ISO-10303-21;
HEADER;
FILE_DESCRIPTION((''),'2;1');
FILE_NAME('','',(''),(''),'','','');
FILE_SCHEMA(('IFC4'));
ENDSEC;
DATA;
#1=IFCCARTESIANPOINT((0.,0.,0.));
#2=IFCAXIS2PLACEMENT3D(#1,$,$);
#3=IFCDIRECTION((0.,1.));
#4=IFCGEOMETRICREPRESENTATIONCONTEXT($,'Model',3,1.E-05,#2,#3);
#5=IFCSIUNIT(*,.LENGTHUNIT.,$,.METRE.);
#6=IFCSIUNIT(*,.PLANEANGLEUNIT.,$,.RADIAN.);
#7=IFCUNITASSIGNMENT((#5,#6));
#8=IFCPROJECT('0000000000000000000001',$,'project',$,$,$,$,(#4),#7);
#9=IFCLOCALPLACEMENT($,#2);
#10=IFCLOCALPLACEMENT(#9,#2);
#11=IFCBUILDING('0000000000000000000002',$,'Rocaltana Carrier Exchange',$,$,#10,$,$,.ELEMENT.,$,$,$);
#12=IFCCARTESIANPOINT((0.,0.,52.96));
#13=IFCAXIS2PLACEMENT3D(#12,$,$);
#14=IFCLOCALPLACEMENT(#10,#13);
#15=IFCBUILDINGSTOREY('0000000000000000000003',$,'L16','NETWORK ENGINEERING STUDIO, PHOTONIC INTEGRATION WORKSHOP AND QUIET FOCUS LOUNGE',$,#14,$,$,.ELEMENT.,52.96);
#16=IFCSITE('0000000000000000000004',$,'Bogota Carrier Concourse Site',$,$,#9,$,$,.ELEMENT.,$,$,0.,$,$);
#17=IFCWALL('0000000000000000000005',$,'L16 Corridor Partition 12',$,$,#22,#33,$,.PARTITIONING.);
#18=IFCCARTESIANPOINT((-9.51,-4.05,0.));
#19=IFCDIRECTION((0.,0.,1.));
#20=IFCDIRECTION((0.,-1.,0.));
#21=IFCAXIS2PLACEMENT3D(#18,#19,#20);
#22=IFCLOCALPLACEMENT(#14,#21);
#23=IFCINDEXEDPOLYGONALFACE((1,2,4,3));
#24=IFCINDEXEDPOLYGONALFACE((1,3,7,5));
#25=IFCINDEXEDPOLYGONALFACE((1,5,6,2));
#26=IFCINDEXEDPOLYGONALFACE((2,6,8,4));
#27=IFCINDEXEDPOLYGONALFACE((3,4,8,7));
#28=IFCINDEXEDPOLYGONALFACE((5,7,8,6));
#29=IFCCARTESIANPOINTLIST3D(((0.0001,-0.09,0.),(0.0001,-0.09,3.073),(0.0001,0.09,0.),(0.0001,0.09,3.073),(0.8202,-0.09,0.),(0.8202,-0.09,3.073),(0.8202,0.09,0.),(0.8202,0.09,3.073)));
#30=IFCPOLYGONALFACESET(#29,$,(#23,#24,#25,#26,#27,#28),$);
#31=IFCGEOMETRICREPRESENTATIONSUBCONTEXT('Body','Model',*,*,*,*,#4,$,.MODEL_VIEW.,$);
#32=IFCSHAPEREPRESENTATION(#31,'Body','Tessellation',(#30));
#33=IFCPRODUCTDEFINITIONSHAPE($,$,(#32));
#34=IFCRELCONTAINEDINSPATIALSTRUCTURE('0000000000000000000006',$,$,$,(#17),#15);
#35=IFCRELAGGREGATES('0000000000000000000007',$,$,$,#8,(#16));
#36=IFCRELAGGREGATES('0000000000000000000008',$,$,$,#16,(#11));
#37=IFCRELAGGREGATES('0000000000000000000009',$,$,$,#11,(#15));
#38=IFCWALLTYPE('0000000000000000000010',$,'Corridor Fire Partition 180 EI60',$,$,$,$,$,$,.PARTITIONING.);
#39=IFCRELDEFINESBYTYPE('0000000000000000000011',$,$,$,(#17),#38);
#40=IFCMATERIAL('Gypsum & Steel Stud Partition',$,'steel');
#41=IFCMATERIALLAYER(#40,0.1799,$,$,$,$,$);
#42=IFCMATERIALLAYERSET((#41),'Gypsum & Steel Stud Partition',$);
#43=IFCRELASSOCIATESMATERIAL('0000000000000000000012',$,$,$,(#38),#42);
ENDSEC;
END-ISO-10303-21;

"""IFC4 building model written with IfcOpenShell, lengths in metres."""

from ifc_helpers import new_model, si_unit, direction, frame, frame_2d, origin, place, context, subcontext, project, spatial, rectangle, extrude, material, layer, layer_set, type_object, element, save


model = new_model("IFC4")

# Units and contexts
model_context = context("Model", 3, precision=1e-05, world=origin(), true_north=direction((0.0, 1.0)))
body_context = subcontext(model_context, "Body", "Model", "MODEL_VIEW")
ifc_project = project(units=[si_unit("LENGTHUNIT", "METRE"), si_unit("PLANEANGLEUNIT", "RADIAN")], contexts=[model_context])

# Site, building, storey
site_placement = place(None, origin())
site = spatial("IfcSite", under=ifc_project, at=site_placement, Name="Bogota Carrier Concourse Site", CompositionType="ELEMENT", RefElevation=0.0)
building_placement = place(site_placement, origin())
building = spatial("IfcBuilding", under=site, at=building_placement, Name="Rocaltana Carrier Exchange", CompositionType="ELEMENT")
storey_placement = place(building_placement, frame((0.0, 0.0, 52.96)))
storey = spatial("IfcBuildingStorey", under=building, at=storey_placement, Name="L16", Description="NETWORK ENGINEERING STUDIO, PHOTONIC INTEGRATION WORKSHOP AND QUIET FOCUS LOUNGE", CompositionType="ELEMENT", Elevation=52.96)

# Shared definitions
ifc_material_1 = material(Name="Gypsum & Steel Stud Partition", Category="steel")
ifc_layer_1 = layer(ifc_material_1, 0.1799)
ifc_layer_set_1 = layer_set([ifc_layer_1], Name="Gypsum & Steel Stud Partition")
wall_type_1 = type_object("IfcWallType", Name="Corridor Fire Partition 180 EI60", PredefinedType="PARTITIONING", material=ifc_layer_set_1)

# Wall
wall_1_placement = place(storey_placement, frame((-9.51, -4.05, 0.0), z_axis=(0.0, 0.0, 1.0), x_axis=(0.0, -1.0, 0.0)))
element("IfcWall", 1, at=wall_1_placement, inside=storey, type_object=wall_type_1, Name="L16 Corridor Partition 12", PredefinedType="PARTITIONING", context=body_context, shape_type="SweptSolid", body=[
    extrude(rectangle(XDim=0.8201, YDim=0.1799, at=frame_2d((0.4102, 0.0))), origin(), (0.0, 0.0, 1.0), 3.073),
])

save(model, "model.ifc")
